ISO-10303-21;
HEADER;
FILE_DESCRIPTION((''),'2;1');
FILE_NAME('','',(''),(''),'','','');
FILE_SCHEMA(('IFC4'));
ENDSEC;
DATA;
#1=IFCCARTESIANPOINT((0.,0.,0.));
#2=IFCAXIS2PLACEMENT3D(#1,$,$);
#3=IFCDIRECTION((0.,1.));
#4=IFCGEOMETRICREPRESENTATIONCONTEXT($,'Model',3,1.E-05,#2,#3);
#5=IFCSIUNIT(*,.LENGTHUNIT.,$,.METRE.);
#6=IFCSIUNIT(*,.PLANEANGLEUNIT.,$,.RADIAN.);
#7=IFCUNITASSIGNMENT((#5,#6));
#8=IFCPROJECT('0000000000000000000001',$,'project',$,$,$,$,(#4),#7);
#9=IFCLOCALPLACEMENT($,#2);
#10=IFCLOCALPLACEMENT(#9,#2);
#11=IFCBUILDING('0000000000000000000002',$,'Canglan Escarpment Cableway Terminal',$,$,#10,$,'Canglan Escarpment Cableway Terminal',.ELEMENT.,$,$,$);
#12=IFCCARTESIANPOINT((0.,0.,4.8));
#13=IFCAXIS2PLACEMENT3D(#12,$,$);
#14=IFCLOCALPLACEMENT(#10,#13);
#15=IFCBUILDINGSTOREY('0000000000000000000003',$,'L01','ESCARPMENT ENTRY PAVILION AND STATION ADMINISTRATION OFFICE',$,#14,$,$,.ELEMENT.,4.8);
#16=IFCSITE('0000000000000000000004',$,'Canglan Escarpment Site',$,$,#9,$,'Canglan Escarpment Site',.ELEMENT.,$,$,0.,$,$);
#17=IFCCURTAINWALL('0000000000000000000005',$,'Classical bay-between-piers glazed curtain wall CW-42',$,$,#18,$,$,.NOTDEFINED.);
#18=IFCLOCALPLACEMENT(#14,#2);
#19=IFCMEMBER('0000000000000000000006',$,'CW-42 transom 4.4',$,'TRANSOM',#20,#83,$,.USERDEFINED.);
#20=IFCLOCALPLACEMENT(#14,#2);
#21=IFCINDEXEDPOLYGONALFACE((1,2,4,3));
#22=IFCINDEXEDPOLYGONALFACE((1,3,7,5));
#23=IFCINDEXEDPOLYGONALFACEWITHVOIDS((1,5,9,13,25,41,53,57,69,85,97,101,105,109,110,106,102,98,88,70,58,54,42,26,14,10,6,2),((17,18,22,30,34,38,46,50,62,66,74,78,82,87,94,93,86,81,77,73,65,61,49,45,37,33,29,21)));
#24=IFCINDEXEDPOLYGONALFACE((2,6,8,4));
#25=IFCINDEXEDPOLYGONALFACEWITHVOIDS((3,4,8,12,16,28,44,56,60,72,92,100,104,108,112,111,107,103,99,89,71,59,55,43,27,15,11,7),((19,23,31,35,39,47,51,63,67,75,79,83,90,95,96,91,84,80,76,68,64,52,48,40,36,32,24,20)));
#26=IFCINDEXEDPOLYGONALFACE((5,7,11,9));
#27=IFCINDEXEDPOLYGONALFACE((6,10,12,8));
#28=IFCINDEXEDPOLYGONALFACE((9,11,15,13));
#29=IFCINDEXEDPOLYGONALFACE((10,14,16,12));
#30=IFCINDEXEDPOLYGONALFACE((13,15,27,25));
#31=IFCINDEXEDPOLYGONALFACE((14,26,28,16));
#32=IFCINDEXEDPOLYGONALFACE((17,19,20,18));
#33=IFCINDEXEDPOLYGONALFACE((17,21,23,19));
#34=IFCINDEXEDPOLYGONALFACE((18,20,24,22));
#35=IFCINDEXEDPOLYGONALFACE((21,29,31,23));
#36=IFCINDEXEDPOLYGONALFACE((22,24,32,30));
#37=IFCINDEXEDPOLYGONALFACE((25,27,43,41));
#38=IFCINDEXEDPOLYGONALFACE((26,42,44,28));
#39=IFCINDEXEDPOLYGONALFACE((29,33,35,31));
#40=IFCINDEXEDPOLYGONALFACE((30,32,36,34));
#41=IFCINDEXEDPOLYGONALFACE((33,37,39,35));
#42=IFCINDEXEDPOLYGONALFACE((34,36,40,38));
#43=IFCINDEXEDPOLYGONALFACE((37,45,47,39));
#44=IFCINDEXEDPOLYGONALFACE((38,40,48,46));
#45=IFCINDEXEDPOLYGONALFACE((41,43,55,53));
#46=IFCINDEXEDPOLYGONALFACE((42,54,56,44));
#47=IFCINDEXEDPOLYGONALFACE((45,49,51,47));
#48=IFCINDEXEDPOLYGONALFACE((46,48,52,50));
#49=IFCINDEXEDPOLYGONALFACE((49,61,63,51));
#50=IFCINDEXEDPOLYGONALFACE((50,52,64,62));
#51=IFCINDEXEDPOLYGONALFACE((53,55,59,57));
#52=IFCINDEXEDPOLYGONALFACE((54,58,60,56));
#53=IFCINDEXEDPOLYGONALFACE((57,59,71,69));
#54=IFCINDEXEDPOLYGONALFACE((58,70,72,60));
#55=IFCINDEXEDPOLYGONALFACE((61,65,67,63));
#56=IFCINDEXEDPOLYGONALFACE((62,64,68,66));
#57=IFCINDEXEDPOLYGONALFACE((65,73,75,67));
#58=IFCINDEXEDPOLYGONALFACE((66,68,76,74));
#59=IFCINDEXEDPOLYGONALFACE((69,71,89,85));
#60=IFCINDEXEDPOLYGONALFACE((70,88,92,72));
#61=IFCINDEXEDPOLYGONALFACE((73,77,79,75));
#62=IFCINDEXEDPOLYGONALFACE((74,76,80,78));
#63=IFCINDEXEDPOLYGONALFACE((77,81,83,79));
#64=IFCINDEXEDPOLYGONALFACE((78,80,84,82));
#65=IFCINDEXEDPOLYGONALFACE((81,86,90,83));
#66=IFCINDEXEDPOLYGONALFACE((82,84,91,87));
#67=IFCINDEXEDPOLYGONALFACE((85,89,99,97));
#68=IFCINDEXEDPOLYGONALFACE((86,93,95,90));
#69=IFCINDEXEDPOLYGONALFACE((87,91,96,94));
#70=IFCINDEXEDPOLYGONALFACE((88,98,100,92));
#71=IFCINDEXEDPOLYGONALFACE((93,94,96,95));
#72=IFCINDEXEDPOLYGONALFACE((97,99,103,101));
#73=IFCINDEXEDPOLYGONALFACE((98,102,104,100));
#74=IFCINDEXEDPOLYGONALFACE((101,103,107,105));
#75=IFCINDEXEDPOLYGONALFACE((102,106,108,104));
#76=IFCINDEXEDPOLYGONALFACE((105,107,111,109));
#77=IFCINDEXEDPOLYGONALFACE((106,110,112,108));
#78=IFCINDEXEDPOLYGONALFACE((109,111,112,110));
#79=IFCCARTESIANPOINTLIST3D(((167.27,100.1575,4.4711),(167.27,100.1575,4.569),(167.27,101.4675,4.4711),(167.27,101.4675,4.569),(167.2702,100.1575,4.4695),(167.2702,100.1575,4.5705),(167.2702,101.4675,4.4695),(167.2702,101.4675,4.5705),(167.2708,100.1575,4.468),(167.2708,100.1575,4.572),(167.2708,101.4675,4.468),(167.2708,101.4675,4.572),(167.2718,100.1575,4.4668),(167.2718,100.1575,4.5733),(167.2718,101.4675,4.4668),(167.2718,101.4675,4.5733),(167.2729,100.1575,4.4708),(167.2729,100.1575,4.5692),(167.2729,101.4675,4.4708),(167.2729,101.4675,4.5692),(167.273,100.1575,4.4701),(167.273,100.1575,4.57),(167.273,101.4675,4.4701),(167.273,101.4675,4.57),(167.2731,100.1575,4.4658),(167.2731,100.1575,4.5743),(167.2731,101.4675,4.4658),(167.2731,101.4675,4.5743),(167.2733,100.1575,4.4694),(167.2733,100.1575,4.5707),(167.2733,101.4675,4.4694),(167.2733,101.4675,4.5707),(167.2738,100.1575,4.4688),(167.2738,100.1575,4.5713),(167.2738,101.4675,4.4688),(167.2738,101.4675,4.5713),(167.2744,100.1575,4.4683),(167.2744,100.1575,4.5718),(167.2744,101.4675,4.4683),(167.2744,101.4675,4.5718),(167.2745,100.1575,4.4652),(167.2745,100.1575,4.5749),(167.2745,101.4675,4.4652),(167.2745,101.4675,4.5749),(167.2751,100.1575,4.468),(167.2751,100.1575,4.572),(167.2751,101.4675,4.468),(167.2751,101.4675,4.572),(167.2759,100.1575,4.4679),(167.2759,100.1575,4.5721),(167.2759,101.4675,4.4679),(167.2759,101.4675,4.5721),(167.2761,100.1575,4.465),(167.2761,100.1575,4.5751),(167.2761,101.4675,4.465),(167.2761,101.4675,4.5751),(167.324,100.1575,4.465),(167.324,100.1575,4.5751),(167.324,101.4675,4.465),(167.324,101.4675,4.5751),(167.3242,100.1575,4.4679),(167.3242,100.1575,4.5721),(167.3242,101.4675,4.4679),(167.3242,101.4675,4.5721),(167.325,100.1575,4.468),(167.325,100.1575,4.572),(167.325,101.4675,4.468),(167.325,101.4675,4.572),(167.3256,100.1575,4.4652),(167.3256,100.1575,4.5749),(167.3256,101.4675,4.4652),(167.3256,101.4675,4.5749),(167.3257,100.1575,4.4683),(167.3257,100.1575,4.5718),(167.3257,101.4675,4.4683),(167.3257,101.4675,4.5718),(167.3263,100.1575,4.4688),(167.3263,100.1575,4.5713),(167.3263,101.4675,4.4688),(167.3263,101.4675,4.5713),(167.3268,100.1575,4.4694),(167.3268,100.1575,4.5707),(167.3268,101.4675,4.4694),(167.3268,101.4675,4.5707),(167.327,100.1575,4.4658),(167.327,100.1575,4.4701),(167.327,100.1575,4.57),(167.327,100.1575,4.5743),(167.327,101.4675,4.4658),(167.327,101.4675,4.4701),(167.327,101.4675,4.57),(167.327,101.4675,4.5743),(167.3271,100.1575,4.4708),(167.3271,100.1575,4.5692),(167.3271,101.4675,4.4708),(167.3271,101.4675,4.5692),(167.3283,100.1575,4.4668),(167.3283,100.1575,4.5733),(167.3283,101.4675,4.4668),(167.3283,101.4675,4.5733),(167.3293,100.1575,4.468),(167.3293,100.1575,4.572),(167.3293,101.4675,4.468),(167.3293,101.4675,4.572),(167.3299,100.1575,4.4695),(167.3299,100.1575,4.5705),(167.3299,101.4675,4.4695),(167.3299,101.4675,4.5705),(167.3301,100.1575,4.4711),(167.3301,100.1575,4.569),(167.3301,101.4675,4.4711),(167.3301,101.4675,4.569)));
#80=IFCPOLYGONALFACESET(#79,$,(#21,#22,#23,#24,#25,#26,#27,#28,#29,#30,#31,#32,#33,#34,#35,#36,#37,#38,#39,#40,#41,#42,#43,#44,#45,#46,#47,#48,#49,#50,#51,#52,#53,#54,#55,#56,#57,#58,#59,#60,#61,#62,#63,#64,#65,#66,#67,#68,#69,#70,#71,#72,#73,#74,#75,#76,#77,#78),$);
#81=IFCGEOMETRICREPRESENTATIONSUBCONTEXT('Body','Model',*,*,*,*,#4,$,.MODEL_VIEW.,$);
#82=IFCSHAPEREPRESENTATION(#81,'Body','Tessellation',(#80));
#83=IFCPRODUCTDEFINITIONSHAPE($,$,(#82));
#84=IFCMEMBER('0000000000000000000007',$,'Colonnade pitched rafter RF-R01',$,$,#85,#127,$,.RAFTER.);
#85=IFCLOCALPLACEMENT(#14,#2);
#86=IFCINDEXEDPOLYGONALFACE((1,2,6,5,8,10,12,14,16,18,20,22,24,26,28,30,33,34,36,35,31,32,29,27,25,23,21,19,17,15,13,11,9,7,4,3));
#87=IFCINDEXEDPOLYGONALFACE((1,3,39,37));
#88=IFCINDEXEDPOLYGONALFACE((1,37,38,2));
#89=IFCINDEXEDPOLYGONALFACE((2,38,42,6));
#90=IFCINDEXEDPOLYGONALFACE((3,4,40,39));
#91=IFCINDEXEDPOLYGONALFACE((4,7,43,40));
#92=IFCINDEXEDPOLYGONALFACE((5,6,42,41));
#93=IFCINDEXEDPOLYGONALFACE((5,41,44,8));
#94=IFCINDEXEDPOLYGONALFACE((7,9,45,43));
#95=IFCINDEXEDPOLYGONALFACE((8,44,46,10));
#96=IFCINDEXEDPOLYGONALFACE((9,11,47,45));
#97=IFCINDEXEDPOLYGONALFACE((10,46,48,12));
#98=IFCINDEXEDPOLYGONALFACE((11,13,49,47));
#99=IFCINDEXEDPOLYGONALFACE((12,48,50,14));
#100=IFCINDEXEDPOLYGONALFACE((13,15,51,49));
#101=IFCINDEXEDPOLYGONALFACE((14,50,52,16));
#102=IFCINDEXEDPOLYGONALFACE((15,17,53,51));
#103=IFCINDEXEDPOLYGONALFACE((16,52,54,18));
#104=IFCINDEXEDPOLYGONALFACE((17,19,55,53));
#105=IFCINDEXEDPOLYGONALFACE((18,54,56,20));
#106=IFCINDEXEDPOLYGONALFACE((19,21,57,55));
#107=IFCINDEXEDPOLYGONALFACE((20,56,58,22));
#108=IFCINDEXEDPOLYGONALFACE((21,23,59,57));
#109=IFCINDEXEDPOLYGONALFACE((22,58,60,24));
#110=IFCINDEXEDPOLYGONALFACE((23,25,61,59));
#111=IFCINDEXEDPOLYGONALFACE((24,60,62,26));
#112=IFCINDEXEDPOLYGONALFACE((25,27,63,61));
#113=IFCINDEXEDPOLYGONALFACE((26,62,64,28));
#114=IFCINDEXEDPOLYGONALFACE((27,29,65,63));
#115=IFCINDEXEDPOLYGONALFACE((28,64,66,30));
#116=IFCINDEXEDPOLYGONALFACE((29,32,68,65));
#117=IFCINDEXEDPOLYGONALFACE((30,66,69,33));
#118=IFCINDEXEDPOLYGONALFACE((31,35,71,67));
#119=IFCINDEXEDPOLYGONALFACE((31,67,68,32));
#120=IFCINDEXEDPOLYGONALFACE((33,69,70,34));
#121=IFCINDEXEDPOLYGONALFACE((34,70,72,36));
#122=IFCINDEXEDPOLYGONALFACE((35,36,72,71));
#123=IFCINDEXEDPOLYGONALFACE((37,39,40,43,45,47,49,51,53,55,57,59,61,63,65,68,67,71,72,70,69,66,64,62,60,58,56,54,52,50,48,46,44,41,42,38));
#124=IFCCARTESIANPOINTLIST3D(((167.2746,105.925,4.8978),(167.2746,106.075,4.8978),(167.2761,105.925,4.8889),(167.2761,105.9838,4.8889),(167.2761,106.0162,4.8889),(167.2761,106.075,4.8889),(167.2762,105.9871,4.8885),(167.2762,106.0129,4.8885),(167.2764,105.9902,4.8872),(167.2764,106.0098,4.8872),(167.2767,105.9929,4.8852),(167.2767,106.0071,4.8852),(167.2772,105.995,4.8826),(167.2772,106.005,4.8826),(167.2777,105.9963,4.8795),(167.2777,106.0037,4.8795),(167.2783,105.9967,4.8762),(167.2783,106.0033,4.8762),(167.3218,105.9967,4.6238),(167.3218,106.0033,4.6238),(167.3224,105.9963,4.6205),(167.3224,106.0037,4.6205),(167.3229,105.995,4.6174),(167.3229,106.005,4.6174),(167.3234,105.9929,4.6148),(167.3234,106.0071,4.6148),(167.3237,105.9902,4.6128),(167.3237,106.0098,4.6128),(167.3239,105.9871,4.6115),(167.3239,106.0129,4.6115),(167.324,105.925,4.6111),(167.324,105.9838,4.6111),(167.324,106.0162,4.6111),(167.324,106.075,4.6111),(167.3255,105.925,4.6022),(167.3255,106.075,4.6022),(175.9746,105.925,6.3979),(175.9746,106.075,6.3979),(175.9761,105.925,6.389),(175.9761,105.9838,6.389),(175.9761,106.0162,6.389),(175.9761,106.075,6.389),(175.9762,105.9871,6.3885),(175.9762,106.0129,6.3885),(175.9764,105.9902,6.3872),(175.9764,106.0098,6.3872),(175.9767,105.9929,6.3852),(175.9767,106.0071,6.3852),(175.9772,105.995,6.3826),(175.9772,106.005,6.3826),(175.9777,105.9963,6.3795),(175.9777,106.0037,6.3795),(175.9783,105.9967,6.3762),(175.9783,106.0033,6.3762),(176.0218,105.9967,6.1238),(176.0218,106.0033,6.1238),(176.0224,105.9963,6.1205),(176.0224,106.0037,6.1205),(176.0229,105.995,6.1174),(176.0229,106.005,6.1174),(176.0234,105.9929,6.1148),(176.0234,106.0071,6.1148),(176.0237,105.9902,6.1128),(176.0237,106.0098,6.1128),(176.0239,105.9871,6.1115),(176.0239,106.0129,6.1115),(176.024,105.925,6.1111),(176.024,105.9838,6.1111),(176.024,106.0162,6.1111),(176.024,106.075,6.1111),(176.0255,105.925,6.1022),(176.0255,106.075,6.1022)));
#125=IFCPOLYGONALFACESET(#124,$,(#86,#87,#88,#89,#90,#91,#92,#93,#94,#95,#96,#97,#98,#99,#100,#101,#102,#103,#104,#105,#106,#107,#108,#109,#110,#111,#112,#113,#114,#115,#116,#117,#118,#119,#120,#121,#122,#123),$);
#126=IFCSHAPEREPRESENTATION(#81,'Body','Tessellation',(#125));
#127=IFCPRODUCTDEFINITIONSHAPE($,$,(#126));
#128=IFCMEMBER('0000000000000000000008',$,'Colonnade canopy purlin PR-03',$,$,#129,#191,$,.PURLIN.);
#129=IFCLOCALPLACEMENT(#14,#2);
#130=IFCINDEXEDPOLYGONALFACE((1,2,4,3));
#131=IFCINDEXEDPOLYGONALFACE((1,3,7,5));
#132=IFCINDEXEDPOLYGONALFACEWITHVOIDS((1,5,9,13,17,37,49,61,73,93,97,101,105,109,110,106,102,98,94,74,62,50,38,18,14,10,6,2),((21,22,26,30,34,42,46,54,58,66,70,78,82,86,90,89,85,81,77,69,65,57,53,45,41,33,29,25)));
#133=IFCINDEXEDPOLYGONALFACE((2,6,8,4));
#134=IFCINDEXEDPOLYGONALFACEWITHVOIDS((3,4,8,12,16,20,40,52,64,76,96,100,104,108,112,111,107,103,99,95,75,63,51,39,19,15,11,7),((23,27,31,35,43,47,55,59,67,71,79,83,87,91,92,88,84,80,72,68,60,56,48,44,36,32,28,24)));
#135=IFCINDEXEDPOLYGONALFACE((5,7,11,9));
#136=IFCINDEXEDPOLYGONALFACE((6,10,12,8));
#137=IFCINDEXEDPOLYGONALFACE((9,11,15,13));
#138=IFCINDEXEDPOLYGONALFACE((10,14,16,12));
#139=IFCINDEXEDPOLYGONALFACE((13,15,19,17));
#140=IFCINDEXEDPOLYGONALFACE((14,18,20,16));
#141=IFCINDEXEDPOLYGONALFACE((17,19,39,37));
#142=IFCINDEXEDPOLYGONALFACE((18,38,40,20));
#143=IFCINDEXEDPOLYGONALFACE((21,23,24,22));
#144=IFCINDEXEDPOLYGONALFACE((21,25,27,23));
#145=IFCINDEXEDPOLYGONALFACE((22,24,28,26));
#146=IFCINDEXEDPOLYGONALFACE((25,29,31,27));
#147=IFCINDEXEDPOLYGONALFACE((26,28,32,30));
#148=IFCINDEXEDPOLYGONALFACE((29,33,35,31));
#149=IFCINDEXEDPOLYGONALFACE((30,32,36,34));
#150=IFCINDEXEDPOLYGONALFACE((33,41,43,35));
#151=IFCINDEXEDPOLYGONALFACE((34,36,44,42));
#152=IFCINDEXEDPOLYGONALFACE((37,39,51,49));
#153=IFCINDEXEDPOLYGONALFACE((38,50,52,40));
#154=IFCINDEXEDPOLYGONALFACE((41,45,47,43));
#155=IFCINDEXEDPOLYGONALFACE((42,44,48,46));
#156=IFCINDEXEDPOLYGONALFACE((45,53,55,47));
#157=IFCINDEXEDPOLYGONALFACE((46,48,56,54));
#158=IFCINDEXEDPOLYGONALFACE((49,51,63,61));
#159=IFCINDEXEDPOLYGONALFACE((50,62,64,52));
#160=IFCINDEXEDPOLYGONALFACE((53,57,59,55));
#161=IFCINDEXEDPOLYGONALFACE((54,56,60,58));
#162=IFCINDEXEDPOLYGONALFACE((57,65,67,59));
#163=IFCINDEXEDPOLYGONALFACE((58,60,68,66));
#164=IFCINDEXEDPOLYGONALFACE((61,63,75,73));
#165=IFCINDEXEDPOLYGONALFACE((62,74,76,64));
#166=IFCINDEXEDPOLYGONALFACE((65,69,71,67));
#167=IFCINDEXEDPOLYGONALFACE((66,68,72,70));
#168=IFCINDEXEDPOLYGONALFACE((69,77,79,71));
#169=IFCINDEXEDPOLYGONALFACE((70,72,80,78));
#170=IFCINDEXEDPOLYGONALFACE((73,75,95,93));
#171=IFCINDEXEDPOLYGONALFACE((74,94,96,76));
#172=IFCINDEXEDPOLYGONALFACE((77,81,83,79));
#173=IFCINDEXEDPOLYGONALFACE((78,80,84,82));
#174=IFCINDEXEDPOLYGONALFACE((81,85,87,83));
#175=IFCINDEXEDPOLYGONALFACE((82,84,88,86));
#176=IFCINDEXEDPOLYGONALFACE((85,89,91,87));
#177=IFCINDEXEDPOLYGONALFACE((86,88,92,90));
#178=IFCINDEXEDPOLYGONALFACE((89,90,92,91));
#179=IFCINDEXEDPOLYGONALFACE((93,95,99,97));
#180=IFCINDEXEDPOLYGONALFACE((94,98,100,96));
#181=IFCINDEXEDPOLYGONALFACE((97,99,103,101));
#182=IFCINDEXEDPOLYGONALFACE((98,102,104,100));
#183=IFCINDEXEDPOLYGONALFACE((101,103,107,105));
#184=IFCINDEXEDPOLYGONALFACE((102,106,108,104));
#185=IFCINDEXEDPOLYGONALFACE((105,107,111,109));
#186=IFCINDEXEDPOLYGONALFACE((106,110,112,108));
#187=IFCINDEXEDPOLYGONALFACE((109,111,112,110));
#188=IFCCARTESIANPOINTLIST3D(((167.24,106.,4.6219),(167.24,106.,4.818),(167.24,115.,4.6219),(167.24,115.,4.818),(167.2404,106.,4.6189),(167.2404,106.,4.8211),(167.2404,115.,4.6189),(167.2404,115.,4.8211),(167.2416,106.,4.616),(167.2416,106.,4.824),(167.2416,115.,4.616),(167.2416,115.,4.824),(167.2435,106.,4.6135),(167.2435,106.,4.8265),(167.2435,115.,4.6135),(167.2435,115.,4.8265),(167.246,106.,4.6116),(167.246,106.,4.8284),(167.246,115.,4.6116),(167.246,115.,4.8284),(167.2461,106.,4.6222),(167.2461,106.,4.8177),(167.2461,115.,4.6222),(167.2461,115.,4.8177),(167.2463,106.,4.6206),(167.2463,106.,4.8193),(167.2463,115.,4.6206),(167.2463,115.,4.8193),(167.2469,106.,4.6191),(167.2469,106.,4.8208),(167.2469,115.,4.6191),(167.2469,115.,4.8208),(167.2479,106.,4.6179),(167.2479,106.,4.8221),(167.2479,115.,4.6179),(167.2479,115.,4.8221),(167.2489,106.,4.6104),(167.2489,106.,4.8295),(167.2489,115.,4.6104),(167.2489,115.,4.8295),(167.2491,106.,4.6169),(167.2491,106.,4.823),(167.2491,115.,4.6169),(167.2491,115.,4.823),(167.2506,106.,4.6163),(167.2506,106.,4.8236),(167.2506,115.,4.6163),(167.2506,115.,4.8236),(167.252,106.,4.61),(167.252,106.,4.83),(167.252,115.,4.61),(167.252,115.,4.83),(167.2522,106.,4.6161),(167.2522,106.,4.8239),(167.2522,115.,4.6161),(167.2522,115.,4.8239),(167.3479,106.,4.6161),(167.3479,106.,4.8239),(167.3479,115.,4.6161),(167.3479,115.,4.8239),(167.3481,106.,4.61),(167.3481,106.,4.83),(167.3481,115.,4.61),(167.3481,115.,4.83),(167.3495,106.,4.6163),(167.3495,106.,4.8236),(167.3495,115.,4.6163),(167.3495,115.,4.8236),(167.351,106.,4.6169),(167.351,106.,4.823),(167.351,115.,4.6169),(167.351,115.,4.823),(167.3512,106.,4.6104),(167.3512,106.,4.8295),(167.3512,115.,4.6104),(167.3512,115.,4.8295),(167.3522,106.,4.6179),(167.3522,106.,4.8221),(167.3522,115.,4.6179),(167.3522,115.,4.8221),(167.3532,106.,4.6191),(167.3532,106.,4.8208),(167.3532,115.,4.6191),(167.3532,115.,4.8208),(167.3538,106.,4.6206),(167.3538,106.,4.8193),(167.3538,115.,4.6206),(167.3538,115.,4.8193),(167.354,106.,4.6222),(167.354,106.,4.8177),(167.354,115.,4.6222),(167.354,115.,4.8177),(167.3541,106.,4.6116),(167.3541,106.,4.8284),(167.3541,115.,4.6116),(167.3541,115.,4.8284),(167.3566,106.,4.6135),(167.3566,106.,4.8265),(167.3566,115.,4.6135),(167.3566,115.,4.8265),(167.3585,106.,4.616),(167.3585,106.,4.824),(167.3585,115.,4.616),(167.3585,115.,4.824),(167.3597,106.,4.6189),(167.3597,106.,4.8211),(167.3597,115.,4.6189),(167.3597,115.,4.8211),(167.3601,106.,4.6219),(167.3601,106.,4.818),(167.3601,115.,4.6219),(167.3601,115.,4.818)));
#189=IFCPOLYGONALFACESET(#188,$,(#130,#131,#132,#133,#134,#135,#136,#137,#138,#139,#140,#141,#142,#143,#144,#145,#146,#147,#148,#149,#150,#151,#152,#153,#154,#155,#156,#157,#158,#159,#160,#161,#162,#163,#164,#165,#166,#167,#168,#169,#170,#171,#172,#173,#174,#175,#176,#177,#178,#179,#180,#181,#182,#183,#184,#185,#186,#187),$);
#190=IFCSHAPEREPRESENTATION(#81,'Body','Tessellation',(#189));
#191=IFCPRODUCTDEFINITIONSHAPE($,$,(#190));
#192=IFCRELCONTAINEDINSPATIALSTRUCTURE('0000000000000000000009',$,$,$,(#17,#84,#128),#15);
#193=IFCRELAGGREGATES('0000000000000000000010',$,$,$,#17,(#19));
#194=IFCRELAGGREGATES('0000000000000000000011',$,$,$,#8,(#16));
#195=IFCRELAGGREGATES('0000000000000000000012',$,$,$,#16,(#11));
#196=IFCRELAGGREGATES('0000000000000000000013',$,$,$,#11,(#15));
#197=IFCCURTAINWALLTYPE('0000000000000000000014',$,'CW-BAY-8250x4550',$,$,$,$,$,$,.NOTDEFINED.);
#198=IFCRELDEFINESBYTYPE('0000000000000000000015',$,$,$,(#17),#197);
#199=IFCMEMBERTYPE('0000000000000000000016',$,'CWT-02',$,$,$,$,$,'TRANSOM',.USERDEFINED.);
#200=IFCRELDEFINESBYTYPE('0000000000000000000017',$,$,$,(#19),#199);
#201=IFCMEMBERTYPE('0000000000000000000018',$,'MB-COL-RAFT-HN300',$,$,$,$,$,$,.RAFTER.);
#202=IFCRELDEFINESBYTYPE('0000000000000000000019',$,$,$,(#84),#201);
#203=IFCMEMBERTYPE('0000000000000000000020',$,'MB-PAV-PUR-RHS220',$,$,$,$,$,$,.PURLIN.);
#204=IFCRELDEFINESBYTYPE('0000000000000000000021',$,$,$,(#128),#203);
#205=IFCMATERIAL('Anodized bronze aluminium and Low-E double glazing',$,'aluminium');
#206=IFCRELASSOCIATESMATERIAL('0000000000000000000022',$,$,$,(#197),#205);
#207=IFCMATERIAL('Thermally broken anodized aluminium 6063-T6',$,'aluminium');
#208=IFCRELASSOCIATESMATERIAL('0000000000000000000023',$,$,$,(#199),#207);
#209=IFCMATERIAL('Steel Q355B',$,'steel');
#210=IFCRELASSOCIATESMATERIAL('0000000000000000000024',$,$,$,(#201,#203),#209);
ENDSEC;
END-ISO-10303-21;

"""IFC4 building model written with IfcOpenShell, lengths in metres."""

from ifc_helpers import new_model, si_unit, direction, frame, origin, origin_2d, place, context, subcontext, project, spatial, hollow_rectangle, i_section, extrude, material, material_profile, profile_set, type_object, element, aggregate, save


model = new_model("IFC4")

# Units and contexts
model_context = context("Model", 3, precision=1e-05, world=origin(), true_north=direction((0.0, 1.0)))
body_context = subcontext(model_context, "Body", "Model", "MODEL_VIEW")
ifc_project = project(units=[si_unit("LENGTHUNIT", "METRE"), si_unit("PLANEANGLEUNIT", "RADIAN")], contexts=[model_context])

# Site, building, storey
site_placement = place(None, origin())
site = spatial("IfcSite", under=ifc_project, at=site_placement, Name="Canglan Escarpment Site", LongName="Canglan Escarpment Site", CompositionType="ELEMENT", RefElevation=0.0)
building_placement = place(site_placement, origin())
building = spatial("IfcBuilding", under=site, at=building_placement, Name="Canglan Escarpment Cableway Terminal", LongName="Canglan Escarpment Cableway Terminal", CompositionType="ELEMENT")
storey_placement = place(building_placement, frame((0.0, 0.0, 4.8)))
storey = spatial("IfcBuildingStorey", under=building, at=storey_placement, Name="L01", Description="ESCARPMENT ENTRY PAVILION AND STATION ADMINISTRATION OFFICE", CompositionType="ELEMENT", Elevation=4.8)

# Shared definitions
ifc_material_1 = material(Name="Steel Q355B", Category="steel")

# Curtain wall, member
ifc_material_2 = material(Name="Anodized bronze aluminium and Low-E double glazing", Category="aluminium")
curtain_wall_type = type_object("IfcCurtainWallType", Name="CW-BAY-8250x4550", PredefinedType="NOTDEFINED", material=ifc_material_2)
curtain_wall_placement = place(storey_placement, origin())
curtain_wall = element("IfcCurtainWall", 1, at=curtain_wall_placement, inside=storey, type_object=curtain_wall_type, Name="Classical bay-between-piers glazed curtain wall CW-42", PredefinedType="NOTDEFINED")
ifc_material_3 = material(Name="Thermally broken anodized aluminium 6063-T6", Category="aluminium")
ifc_material_profile_1 = material_profile(ifc_material_3, hollow_rectangle(XDim=0.0601, YDim=0.1101, WallThickness=0.0029, InnerFilletRadius=0.0029, OuterFilletRadius=0.0061, at=origin_2d()), Name="ALU-TRAN 60x110x3")
ifc_profile_set_1 = profile_set([ifc_material_profile_1], Name="Thermally broken anodized aluminium 6063-T6")
member_type_1 = type_object("IfcMemberType", Name="CWT-02", ElementType="TRANSOM", PredefinedType="USERDEFINED", material=ifc_profile_set_1)
member_1_placement = place(storey_placement, frame((167.3, 101.4675, 4.52), z_axis=(0.0, -1.0, 0.0), x_axis=(1.0, 0.0, 0.0)))
member_1 = element("IfcMember", 2, at=member_1_placement, type_object=member_type_1, Name="CW-42 transom 4.4", ObjectType="TRANSOM", PredefinedType="USERDEFINED", context=body_context, shape_type="SweptSolid", body=[
    extrude(hollow_rectangle(XDim=0.0601, YDim=0.1101, WallThickness=0.0029, InnerFilletRadius=0.0029, OuterFilletRadius=0.0061, at=origin_2d()), origin(), (0.0, 0.0, 1.0), 1.3101),
])

# Members
ifc_material_profile_2 = material_profile(ifc_material_1, i_section(OverallWidth=0.1499, OverallDepth=0.3, WebThickness=0.0066, FlangeThickness=0.009, FilletRadius=0.0129, at=origin_2d()), Name="HN 300x150x6.5x9")
ifc_profile_set_2 = profile_set([ifc_material_profile_2], Name="Steel Q355B")
member_type_2 = type_object("IfcMemberType", Name="MB-COL-RAFT-HN300", PredefinedType="RAFTER", material=ifc_profile_set_2)
member_2_placement = place(storey_placement, frame((167.3, 106.0, 4.75), z_axis=(0.98546, 0.0, 0.169908), x_axis=(0.0, 1.0, 0.0)))
element("IfcMember", 3, at=member_2_placement, inside=storey, type_object=member_type_2, Name="Colonnade pitched rafter RF-R01", PredefinedType="RAFTER", context=body_context, shape_type="SweptSolid", body=[
    extrude(i_section(OverallWidth=0.1499, OverallDepth=0.3, WebThickness=0.0066, FlangeThickness=0.009, FilletRadius=0.0129, at=origin_2d()), origin(), (0.0, 0.0, 1.0), 8.8284),
])
ifc_material_profile_3 = material_profile(ifc_material_1, hollow_rectangle(XDim=0.1201, YDim=0.22, WallThickness=0.0061, InnerFilletRadius=0.0061, OuterFilletRadius=0.012, at=origin_2d()), Name="RHS 220x120x6")
ifc_profile_set_3 = profile_set([ifc_material_profile_3], Name="Steel Q355B")
member_type_3 = type_object("IfcMemberType", Name="MB-PAV-PUR-RHS220", PredefinedType="PURLIN", material=ifc_profile_set_3)
for number, where, z_axis, x_axis, name in (
    (4, (167.3, 106.0, 4.72), (0.0, 1.0, 0.0), (-1.0, 0.0, 0.0), "Colonnade canopy purlin PR-03"),
):
    element("IfcMember", number, at=place(storey_placement, frame(where, z_axis=z_axis, x_axis=x_axis)), inside=storey, type_object=member_type_3, Name=name, PredefinedType="PURLIN", context=body_context, shape_type="SweptSolid", body=[
        extrude(hollow_rectangle(XDim=0.1201, YDim=0.22, WallThickness=0.0061, InnerFilletRadius=0.0061, OuterFilletRadius=0.012, at=origin_2d()), origin(), (0.0, 0.0, 1.0), 9.0),
    ])

aggregate(curtain_wall, [member_1])

save(model, "model.ifc")
